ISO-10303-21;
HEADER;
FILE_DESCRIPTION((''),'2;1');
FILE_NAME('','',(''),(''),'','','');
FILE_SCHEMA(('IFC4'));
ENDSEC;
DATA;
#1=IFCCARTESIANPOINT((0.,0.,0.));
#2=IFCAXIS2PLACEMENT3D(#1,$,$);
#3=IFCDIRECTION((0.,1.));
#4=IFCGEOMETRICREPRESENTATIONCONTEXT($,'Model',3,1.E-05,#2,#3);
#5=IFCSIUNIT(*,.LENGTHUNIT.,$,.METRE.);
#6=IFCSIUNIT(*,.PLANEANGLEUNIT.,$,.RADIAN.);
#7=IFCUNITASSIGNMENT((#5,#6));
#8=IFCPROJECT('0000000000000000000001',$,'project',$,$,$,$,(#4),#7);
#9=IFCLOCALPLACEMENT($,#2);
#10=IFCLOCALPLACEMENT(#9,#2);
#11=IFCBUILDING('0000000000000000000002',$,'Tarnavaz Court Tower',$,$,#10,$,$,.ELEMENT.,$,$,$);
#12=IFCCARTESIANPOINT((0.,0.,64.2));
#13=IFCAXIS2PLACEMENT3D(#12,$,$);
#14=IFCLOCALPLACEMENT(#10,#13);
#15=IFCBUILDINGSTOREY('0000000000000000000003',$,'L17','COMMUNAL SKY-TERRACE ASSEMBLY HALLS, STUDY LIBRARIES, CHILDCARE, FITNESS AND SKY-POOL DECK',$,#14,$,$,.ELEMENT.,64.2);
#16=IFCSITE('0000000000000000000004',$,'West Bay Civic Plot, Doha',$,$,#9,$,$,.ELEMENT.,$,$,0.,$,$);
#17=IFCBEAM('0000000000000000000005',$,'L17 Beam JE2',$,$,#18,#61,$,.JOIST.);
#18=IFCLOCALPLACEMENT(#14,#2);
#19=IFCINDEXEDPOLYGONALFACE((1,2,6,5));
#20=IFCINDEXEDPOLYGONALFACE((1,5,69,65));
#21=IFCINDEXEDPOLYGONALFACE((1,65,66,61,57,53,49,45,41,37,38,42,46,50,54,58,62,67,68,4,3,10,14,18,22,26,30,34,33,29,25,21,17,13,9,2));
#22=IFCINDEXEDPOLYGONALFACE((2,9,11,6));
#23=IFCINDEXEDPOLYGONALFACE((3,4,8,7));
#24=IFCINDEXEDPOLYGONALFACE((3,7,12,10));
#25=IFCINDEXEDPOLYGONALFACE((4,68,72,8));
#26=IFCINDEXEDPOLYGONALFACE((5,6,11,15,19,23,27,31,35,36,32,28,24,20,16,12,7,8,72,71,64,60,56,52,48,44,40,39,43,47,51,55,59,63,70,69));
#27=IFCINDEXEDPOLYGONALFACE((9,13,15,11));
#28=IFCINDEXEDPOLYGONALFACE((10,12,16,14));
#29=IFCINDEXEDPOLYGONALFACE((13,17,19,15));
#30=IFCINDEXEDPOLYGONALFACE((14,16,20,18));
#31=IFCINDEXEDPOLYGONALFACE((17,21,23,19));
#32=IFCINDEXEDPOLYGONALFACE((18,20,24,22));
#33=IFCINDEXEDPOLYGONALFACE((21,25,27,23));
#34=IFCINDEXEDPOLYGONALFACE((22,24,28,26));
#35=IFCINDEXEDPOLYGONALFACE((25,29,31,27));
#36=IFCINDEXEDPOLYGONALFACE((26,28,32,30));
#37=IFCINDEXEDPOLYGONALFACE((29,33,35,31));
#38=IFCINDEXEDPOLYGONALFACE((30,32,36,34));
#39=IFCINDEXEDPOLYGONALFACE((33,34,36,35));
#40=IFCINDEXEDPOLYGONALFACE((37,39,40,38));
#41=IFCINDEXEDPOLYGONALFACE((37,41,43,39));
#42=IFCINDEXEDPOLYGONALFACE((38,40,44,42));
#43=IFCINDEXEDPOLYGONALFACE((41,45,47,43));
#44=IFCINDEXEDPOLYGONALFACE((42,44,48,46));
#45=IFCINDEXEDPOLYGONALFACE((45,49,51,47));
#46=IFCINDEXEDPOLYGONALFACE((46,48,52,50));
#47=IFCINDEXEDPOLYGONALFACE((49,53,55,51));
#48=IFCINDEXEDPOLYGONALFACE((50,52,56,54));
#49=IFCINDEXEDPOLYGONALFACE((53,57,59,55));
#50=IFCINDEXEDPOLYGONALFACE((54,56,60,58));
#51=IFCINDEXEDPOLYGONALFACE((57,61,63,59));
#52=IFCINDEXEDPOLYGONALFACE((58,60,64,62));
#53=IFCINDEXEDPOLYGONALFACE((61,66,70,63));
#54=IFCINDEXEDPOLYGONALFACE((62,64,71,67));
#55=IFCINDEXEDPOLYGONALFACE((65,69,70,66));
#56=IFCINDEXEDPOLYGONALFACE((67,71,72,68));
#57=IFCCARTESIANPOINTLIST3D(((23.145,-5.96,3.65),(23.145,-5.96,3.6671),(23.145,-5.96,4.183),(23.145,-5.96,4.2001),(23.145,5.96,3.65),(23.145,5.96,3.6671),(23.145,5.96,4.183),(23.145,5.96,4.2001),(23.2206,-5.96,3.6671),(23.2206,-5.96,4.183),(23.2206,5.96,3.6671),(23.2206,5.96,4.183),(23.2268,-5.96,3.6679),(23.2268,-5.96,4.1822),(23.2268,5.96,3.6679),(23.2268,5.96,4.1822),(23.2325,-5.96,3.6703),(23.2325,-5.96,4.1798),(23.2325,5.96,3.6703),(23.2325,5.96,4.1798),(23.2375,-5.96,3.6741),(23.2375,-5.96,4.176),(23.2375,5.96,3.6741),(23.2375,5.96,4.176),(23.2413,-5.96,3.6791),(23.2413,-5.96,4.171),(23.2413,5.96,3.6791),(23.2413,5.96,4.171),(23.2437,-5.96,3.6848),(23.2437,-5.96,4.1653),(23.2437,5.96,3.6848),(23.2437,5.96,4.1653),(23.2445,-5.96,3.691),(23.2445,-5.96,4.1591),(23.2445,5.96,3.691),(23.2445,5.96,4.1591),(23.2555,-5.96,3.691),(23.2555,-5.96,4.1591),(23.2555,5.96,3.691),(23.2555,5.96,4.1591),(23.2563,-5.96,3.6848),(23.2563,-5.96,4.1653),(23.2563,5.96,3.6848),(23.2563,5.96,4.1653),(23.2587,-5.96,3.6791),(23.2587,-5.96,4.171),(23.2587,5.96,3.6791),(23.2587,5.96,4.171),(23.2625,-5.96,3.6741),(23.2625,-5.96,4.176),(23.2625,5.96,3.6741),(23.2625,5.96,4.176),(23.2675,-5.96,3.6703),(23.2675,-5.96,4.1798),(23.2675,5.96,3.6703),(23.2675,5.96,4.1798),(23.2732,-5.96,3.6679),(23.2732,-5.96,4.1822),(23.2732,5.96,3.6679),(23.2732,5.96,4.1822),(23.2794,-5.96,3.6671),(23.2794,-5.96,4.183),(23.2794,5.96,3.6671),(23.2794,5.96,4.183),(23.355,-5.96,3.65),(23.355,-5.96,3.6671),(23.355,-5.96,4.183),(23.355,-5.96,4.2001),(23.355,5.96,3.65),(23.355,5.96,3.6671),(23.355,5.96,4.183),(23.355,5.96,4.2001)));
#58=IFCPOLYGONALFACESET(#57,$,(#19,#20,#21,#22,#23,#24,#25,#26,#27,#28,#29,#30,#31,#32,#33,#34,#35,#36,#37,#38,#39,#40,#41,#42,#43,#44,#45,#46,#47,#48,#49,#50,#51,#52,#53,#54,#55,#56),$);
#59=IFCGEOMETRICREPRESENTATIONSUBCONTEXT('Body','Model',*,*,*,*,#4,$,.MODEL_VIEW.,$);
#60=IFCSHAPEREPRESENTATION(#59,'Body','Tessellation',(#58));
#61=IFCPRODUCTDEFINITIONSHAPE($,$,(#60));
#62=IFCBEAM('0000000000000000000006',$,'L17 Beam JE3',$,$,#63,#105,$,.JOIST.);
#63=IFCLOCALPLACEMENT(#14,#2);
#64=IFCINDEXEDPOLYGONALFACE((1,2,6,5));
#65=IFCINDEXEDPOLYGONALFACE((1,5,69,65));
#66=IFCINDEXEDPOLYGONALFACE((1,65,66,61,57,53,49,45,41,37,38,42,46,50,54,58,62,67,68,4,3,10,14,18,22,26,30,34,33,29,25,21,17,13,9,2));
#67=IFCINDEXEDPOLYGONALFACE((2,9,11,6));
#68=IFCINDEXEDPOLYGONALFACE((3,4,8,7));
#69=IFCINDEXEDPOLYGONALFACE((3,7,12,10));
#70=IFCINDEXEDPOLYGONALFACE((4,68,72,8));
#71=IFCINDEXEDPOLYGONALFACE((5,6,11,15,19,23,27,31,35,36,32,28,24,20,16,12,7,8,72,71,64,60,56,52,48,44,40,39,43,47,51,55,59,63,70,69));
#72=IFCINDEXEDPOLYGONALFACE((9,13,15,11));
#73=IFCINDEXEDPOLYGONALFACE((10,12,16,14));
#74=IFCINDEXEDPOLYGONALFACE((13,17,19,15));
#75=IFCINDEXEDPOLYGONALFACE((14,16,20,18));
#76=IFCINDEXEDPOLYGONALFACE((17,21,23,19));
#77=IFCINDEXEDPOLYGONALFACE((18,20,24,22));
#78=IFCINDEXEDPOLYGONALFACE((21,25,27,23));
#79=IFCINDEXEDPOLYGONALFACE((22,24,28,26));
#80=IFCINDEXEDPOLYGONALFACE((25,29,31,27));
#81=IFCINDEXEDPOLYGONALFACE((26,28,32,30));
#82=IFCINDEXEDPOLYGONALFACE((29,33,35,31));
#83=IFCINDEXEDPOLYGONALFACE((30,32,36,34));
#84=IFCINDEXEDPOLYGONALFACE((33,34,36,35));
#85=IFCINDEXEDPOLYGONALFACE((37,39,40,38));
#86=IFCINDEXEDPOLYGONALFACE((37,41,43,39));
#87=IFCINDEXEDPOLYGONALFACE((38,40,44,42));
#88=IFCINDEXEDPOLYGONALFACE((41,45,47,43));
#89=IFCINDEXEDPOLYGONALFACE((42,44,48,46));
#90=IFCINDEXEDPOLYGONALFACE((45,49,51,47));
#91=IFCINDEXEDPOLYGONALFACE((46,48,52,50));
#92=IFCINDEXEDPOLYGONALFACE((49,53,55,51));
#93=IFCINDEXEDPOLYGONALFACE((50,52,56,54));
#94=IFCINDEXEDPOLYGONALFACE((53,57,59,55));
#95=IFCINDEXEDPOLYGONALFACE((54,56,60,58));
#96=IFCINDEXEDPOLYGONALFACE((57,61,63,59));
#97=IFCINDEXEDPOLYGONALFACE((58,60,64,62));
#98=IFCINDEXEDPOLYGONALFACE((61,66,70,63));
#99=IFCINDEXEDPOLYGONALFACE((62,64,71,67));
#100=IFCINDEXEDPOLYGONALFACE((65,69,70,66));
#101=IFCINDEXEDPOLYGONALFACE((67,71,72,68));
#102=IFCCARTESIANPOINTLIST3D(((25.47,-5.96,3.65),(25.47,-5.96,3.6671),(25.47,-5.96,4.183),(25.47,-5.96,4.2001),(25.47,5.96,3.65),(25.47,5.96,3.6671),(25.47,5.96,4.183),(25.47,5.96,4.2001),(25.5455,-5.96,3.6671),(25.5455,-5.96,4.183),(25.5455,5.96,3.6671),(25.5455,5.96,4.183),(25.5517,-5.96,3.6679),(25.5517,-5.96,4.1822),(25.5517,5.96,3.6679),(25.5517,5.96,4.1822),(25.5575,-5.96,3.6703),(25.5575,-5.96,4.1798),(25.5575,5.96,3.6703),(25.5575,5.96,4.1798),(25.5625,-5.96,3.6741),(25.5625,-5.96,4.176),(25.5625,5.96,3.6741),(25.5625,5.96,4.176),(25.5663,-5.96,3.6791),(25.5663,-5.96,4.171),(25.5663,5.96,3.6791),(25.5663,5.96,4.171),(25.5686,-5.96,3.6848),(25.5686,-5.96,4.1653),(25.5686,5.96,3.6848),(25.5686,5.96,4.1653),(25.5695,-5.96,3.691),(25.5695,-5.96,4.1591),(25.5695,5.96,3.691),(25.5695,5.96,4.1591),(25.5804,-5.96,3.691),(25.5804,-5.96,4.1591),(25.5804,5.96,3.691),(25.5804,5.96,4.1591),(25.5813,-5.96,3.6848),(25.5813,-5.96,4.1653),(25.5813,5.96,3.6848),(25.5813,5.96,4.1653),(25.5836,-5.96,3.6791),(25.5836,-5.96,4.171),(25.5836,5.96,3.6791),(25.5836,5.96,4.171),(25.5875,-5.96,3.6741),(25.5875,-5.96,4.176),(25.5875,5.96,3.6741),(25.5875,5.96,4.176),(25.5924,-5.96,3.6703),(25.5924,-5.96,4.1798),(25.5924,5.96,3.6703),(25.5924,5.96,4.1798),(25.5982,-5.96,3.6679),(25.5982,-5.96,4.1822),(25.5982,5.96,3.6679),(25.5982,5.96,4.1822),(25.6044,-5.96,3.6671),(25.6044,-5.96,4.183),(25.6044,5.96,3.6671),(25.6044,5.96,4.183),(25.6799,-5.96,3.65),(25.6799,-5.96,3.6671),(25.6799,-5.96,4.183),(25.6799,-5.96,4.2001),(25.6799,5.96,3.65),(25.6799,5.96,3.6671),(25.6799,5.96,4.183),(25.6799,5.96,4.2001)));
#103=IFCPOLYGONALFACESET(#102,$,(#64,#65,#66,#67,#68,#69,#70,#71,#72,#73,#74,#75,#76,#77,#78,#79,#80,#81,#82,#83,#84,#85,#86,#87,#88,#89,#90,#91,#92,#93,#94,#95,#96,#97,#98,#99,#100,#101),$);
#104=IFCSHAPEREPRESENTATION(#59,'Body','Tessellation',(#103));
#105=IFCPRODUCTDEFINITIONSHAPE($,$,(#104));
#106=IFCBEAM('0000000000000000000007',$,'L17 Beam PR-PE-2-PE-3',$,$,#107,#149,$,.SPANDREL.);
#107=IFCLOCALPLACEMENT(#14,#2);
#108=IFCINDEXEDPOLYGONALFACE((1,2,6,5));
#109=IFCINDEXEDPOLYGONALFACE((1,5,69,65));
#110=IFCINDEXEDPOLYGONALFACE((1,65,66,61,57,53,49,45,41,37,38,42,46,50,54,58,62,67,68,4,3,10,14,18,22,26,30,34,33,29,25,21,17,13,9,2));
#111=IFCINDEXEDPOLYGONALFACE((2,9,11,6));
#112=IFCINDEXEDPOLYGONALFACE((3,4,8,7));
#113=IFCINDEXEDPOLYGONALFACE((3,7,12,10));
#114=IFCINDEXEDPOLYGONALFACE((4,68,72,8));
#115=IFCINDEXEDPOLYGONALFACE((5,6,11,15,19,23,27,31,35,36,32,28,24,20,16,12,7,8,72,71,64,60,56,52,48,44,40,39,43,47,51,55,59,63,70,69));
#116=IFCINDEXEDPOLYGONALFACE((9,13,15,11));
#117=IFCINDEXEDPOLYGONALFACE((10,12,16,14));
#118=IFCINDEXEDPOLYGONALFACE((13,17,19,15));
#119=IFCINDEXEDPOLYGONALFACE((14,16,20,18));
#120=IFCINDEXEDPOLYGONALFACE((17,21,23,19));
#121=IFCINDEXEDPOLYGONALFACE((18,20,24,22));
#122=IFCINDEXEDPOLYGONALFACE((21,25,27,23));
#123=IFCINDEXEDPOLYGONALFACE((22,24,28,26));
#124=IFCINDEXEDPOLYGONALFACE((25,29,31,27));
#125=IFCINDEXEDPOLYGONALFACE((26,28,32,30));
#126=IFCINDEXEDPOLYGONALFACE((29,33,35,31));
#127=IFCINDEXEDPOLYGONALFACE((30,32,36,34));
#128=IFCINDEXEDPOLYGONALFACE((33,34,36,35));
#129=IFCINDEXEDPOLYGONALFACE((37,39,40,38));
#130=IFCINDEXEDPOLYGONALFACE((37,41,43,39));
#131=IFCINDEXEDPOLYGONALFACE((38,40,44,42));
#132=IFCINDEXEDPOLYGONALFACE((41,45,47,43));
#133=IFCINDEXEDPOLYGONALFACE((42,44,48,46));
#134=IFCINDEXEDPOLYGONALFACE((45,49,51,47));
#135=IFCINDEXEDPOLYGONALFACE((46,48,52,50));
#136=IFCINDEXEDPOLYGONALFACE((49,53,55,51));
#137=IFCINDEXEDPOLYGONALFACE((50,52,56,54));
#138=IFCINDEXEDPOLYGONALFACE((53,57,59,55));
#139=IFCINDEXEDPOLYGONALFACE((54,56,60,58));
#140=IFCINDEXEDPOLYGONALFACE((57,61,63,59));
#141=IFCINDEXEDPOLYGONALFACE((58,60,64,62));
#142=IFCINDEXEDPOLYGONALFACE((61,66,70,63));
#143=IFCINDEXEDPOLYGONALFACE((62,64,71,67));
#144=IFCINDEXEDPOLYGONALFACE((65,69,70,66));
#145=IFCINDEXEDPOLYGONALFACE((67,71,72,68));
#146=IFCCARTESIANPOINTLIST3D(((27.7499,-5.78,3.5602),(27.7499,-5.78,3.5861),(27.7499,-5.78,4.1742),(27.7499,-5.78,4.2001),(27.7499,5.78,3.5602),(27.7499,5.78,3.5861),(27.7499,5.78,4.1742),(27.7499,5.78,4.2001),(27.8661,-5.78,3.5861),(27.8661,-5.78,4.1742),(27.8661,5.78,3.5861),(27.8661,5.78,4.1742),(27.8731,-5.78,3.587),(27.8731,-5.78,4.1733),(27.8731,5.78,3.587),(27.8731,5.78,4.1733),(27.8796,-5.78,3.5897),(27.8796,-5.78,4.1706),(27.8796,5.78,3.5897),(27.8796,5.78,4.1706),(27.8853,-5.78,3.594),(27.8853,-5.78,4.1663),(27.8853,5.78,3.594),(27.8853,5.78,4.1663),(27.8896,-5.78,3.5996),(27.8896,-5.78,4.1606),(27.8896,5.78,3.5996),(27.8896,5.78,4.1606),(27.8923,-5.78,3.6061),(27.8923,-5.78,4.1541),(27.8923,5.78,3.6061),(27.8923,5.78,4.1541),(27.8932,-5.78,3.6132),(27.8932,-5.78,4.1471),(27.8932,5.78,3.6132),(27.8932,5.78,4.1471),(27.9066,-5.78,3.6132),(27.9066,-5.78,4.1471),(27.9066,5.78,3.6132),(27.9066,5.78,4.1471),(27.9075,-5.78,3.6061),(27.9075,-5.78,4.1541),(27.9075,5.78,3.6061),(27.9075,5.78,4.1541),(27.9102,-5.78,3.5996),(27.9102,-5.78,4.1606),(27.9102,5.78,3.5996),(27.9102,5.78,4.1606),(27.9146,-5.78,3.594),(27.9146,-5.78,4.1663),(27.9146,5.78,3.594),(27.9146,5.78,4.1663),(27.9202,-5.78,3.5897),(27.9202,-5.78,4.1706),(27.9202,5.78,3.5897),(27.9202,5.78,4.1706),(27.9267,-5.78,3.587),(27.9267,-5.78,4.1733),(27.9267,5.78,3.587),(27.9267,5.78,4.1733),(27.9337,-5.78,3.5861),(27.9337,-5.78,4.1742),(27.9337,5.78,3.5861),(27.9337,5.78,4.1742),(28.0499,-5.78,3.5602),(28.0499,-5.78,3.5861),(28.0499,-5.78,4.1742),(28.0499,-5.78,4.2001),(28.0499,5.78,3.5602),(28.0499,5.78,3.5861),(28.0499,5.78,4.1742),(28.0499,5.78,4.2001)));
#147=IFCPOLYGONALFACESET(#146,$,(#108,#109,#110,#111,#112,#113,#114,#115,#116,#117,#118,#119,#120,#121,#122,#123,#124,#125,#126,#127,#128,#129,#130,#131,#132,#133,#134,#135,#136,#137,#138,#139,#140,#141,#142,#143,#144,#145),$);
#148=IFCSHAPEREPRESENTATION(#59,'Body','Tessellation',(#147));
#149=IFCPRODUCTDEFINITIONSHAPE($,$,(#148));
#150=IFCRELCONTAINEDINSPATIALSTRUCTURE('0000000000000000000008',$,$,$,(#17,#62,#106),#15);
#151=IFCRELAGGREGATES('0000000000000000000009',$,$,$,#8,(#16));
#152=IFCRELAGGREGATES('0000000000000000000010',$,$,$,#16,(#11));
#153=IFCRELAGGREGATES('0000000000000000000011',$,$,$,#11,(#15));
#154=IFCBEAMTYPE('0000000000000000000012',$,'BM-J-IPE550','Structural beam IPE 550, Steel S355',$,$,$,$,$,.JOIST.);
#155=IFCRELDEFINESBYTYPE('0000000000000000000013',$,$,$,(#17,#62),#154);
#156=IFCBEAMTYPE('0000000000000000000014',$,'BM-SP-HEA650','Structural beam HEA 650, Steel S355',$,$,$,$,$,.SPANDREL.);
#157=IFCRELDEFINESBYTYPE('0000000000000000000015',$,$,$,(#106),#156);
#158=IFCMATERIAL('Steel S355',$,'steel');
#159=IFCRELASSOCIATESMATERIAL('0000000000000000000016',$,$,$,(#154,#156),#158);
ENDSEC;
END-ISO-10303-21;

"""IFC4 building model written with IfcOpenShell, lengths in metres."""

from ifc_helpers import new_model, si_unit, direction, frame, origin, origin_2d, place, context, subcontext, project, spatial, i_section, extrude, material, material_profile, profile_set, type_object, element, save


model = new_model("IFC4")

# Units and contexts
model_context = context("Model", 3, precision=1e-05, world=origin(), true_north=direction((0.0, 1.0)))
body_context = subcontext(model_context, "Body", "Model", "MODEL_VIEW")
ifc_project = project(units=[si_unit("LENGTHUNIT", "METRE"), si_unit("PLANEANGLEUNIT", "RADIAN")], contexts=[model_context])

# Site, building, storey
site_placement = place(None, origin())
site = spatial("IfcSite", under=ifc_project, at=site_placement, Name="West Bay Civic Plot, Doha", CompositionType="ELEMENT", RefElevation=0.0)
building_placement = place(site_placement, origin())
building = spatial("IfcBuilding", under=site, at=building_placement, Name="Tarnavaz Court Tower", CompositionType="ELEMENT")
storey_placement = place(building_placement, frame((0.0, 0.0, 64.2)))
storey = spatial("IfcBuildingStorey", under=building, at=storey_placement, Name="L17", Description="COMMUNAL SKY-TERRACE ASSEMBLY HALLS, STUDY LIBRARIES, CHILDCARE, FITNESS AND SKY-POOL DECK", CompositionType="ELEMENT", Elevation=64.2)

# Beams
ifc_material_1 = material(Name="Steel S355", Category="steel")
ifc_material_profile_1 = material_profile(ifc_material_1, i_section(OverallWidth=0.21, OverallDepth=0.55, WebThickness=0.011, FlangeThickness=0.0171, FilletRadius=0.0239, at=origin_2d()), Name="IPE 550")
ifc_profile_set_1 = profile_set([ifc_material_profile_1], Name="Steel S355")
beam_type_1 = type_object("IfcBeamType", Name="BM-J-IPE550", Description="Structural beam IPE 550, Steel S355", PredefinedType="JOIST", material=ifc_profile_set_1)
for number, where, z_axis, x_axis, name in (
    (1, (23.25, -5.96, 3.925), (0.0, 1.0, 0.0), (-1.0, 0.0, 0.0), "L17 Beam JE2"),
    (2, (25.575, -5.96, 3.925), (0.0, 1.0, 0.0), (-1.0, 0.0, 0.0), "L17 Beam JE3"),
):
    element("IfcBeam", number, at=place(storey_placement, frame(where, z_axis=z_axis, x_axis=x_axis)), inside=storey, type_object=beam_type_1, Name=name, PredefinedType="JOIST", context=body_context, shape_type="SweptSolid", body=[
        extrude(i_section(OverallWidth=0.21, OverallDepth=0.55, WebThickness=0.011, FlangeThickness=0.0171, FilletRadius=0.0239, at=origin_2d()), origin(), (0.0, 0.0, 1.0), 11.9199),
    ])
ifc_material_profile_2 = material_profile(ifc_material_1, i_section(OverallWidth=0.3, OverallDepth=0.6399, WebThickness=0.0134, FlangeThickness=0.0259, FilletRadius=0.0271, at=origin_2d()), Name="HEA 650")
ifc_profile_set_2 = profile_set([ifc_material_profile_2], Name="Steel S355")
beam_type_2 = type_object("IfcBeamType", Name="BM-SP-HEA650", Description="Structural beam HEA 650, Steel S355", PredefinedType="SPANDREL", material=ifc_profile_set_2)
beam_1_placement = place(storey_placement, frame((27.8999, -5.78, 3.8801), z_axis=(0.0, 1.0, 0.0), x_axis=(-1.0, 0.0, 0.0)))
element("IfcBeam", 3, at=beam_1_placement, inside=storey, type_object=beam_type_2, Name="L17 Beam PR-PE-2-PE-3", PredefinedType="SPANDREL", context=body_context, shape_type="SweptSolid", body=[
    extrude(i_section(OverallWidth=0.3, OverallDepth=0.6399, WebThickness=0.0134, FlangeThickness=0.0259, FilletRadius=0.0271, at=origin_2d()), origin(), (0.0, 0.0, 1.0), 11.5601),
])

save(model, "model.ifc")
